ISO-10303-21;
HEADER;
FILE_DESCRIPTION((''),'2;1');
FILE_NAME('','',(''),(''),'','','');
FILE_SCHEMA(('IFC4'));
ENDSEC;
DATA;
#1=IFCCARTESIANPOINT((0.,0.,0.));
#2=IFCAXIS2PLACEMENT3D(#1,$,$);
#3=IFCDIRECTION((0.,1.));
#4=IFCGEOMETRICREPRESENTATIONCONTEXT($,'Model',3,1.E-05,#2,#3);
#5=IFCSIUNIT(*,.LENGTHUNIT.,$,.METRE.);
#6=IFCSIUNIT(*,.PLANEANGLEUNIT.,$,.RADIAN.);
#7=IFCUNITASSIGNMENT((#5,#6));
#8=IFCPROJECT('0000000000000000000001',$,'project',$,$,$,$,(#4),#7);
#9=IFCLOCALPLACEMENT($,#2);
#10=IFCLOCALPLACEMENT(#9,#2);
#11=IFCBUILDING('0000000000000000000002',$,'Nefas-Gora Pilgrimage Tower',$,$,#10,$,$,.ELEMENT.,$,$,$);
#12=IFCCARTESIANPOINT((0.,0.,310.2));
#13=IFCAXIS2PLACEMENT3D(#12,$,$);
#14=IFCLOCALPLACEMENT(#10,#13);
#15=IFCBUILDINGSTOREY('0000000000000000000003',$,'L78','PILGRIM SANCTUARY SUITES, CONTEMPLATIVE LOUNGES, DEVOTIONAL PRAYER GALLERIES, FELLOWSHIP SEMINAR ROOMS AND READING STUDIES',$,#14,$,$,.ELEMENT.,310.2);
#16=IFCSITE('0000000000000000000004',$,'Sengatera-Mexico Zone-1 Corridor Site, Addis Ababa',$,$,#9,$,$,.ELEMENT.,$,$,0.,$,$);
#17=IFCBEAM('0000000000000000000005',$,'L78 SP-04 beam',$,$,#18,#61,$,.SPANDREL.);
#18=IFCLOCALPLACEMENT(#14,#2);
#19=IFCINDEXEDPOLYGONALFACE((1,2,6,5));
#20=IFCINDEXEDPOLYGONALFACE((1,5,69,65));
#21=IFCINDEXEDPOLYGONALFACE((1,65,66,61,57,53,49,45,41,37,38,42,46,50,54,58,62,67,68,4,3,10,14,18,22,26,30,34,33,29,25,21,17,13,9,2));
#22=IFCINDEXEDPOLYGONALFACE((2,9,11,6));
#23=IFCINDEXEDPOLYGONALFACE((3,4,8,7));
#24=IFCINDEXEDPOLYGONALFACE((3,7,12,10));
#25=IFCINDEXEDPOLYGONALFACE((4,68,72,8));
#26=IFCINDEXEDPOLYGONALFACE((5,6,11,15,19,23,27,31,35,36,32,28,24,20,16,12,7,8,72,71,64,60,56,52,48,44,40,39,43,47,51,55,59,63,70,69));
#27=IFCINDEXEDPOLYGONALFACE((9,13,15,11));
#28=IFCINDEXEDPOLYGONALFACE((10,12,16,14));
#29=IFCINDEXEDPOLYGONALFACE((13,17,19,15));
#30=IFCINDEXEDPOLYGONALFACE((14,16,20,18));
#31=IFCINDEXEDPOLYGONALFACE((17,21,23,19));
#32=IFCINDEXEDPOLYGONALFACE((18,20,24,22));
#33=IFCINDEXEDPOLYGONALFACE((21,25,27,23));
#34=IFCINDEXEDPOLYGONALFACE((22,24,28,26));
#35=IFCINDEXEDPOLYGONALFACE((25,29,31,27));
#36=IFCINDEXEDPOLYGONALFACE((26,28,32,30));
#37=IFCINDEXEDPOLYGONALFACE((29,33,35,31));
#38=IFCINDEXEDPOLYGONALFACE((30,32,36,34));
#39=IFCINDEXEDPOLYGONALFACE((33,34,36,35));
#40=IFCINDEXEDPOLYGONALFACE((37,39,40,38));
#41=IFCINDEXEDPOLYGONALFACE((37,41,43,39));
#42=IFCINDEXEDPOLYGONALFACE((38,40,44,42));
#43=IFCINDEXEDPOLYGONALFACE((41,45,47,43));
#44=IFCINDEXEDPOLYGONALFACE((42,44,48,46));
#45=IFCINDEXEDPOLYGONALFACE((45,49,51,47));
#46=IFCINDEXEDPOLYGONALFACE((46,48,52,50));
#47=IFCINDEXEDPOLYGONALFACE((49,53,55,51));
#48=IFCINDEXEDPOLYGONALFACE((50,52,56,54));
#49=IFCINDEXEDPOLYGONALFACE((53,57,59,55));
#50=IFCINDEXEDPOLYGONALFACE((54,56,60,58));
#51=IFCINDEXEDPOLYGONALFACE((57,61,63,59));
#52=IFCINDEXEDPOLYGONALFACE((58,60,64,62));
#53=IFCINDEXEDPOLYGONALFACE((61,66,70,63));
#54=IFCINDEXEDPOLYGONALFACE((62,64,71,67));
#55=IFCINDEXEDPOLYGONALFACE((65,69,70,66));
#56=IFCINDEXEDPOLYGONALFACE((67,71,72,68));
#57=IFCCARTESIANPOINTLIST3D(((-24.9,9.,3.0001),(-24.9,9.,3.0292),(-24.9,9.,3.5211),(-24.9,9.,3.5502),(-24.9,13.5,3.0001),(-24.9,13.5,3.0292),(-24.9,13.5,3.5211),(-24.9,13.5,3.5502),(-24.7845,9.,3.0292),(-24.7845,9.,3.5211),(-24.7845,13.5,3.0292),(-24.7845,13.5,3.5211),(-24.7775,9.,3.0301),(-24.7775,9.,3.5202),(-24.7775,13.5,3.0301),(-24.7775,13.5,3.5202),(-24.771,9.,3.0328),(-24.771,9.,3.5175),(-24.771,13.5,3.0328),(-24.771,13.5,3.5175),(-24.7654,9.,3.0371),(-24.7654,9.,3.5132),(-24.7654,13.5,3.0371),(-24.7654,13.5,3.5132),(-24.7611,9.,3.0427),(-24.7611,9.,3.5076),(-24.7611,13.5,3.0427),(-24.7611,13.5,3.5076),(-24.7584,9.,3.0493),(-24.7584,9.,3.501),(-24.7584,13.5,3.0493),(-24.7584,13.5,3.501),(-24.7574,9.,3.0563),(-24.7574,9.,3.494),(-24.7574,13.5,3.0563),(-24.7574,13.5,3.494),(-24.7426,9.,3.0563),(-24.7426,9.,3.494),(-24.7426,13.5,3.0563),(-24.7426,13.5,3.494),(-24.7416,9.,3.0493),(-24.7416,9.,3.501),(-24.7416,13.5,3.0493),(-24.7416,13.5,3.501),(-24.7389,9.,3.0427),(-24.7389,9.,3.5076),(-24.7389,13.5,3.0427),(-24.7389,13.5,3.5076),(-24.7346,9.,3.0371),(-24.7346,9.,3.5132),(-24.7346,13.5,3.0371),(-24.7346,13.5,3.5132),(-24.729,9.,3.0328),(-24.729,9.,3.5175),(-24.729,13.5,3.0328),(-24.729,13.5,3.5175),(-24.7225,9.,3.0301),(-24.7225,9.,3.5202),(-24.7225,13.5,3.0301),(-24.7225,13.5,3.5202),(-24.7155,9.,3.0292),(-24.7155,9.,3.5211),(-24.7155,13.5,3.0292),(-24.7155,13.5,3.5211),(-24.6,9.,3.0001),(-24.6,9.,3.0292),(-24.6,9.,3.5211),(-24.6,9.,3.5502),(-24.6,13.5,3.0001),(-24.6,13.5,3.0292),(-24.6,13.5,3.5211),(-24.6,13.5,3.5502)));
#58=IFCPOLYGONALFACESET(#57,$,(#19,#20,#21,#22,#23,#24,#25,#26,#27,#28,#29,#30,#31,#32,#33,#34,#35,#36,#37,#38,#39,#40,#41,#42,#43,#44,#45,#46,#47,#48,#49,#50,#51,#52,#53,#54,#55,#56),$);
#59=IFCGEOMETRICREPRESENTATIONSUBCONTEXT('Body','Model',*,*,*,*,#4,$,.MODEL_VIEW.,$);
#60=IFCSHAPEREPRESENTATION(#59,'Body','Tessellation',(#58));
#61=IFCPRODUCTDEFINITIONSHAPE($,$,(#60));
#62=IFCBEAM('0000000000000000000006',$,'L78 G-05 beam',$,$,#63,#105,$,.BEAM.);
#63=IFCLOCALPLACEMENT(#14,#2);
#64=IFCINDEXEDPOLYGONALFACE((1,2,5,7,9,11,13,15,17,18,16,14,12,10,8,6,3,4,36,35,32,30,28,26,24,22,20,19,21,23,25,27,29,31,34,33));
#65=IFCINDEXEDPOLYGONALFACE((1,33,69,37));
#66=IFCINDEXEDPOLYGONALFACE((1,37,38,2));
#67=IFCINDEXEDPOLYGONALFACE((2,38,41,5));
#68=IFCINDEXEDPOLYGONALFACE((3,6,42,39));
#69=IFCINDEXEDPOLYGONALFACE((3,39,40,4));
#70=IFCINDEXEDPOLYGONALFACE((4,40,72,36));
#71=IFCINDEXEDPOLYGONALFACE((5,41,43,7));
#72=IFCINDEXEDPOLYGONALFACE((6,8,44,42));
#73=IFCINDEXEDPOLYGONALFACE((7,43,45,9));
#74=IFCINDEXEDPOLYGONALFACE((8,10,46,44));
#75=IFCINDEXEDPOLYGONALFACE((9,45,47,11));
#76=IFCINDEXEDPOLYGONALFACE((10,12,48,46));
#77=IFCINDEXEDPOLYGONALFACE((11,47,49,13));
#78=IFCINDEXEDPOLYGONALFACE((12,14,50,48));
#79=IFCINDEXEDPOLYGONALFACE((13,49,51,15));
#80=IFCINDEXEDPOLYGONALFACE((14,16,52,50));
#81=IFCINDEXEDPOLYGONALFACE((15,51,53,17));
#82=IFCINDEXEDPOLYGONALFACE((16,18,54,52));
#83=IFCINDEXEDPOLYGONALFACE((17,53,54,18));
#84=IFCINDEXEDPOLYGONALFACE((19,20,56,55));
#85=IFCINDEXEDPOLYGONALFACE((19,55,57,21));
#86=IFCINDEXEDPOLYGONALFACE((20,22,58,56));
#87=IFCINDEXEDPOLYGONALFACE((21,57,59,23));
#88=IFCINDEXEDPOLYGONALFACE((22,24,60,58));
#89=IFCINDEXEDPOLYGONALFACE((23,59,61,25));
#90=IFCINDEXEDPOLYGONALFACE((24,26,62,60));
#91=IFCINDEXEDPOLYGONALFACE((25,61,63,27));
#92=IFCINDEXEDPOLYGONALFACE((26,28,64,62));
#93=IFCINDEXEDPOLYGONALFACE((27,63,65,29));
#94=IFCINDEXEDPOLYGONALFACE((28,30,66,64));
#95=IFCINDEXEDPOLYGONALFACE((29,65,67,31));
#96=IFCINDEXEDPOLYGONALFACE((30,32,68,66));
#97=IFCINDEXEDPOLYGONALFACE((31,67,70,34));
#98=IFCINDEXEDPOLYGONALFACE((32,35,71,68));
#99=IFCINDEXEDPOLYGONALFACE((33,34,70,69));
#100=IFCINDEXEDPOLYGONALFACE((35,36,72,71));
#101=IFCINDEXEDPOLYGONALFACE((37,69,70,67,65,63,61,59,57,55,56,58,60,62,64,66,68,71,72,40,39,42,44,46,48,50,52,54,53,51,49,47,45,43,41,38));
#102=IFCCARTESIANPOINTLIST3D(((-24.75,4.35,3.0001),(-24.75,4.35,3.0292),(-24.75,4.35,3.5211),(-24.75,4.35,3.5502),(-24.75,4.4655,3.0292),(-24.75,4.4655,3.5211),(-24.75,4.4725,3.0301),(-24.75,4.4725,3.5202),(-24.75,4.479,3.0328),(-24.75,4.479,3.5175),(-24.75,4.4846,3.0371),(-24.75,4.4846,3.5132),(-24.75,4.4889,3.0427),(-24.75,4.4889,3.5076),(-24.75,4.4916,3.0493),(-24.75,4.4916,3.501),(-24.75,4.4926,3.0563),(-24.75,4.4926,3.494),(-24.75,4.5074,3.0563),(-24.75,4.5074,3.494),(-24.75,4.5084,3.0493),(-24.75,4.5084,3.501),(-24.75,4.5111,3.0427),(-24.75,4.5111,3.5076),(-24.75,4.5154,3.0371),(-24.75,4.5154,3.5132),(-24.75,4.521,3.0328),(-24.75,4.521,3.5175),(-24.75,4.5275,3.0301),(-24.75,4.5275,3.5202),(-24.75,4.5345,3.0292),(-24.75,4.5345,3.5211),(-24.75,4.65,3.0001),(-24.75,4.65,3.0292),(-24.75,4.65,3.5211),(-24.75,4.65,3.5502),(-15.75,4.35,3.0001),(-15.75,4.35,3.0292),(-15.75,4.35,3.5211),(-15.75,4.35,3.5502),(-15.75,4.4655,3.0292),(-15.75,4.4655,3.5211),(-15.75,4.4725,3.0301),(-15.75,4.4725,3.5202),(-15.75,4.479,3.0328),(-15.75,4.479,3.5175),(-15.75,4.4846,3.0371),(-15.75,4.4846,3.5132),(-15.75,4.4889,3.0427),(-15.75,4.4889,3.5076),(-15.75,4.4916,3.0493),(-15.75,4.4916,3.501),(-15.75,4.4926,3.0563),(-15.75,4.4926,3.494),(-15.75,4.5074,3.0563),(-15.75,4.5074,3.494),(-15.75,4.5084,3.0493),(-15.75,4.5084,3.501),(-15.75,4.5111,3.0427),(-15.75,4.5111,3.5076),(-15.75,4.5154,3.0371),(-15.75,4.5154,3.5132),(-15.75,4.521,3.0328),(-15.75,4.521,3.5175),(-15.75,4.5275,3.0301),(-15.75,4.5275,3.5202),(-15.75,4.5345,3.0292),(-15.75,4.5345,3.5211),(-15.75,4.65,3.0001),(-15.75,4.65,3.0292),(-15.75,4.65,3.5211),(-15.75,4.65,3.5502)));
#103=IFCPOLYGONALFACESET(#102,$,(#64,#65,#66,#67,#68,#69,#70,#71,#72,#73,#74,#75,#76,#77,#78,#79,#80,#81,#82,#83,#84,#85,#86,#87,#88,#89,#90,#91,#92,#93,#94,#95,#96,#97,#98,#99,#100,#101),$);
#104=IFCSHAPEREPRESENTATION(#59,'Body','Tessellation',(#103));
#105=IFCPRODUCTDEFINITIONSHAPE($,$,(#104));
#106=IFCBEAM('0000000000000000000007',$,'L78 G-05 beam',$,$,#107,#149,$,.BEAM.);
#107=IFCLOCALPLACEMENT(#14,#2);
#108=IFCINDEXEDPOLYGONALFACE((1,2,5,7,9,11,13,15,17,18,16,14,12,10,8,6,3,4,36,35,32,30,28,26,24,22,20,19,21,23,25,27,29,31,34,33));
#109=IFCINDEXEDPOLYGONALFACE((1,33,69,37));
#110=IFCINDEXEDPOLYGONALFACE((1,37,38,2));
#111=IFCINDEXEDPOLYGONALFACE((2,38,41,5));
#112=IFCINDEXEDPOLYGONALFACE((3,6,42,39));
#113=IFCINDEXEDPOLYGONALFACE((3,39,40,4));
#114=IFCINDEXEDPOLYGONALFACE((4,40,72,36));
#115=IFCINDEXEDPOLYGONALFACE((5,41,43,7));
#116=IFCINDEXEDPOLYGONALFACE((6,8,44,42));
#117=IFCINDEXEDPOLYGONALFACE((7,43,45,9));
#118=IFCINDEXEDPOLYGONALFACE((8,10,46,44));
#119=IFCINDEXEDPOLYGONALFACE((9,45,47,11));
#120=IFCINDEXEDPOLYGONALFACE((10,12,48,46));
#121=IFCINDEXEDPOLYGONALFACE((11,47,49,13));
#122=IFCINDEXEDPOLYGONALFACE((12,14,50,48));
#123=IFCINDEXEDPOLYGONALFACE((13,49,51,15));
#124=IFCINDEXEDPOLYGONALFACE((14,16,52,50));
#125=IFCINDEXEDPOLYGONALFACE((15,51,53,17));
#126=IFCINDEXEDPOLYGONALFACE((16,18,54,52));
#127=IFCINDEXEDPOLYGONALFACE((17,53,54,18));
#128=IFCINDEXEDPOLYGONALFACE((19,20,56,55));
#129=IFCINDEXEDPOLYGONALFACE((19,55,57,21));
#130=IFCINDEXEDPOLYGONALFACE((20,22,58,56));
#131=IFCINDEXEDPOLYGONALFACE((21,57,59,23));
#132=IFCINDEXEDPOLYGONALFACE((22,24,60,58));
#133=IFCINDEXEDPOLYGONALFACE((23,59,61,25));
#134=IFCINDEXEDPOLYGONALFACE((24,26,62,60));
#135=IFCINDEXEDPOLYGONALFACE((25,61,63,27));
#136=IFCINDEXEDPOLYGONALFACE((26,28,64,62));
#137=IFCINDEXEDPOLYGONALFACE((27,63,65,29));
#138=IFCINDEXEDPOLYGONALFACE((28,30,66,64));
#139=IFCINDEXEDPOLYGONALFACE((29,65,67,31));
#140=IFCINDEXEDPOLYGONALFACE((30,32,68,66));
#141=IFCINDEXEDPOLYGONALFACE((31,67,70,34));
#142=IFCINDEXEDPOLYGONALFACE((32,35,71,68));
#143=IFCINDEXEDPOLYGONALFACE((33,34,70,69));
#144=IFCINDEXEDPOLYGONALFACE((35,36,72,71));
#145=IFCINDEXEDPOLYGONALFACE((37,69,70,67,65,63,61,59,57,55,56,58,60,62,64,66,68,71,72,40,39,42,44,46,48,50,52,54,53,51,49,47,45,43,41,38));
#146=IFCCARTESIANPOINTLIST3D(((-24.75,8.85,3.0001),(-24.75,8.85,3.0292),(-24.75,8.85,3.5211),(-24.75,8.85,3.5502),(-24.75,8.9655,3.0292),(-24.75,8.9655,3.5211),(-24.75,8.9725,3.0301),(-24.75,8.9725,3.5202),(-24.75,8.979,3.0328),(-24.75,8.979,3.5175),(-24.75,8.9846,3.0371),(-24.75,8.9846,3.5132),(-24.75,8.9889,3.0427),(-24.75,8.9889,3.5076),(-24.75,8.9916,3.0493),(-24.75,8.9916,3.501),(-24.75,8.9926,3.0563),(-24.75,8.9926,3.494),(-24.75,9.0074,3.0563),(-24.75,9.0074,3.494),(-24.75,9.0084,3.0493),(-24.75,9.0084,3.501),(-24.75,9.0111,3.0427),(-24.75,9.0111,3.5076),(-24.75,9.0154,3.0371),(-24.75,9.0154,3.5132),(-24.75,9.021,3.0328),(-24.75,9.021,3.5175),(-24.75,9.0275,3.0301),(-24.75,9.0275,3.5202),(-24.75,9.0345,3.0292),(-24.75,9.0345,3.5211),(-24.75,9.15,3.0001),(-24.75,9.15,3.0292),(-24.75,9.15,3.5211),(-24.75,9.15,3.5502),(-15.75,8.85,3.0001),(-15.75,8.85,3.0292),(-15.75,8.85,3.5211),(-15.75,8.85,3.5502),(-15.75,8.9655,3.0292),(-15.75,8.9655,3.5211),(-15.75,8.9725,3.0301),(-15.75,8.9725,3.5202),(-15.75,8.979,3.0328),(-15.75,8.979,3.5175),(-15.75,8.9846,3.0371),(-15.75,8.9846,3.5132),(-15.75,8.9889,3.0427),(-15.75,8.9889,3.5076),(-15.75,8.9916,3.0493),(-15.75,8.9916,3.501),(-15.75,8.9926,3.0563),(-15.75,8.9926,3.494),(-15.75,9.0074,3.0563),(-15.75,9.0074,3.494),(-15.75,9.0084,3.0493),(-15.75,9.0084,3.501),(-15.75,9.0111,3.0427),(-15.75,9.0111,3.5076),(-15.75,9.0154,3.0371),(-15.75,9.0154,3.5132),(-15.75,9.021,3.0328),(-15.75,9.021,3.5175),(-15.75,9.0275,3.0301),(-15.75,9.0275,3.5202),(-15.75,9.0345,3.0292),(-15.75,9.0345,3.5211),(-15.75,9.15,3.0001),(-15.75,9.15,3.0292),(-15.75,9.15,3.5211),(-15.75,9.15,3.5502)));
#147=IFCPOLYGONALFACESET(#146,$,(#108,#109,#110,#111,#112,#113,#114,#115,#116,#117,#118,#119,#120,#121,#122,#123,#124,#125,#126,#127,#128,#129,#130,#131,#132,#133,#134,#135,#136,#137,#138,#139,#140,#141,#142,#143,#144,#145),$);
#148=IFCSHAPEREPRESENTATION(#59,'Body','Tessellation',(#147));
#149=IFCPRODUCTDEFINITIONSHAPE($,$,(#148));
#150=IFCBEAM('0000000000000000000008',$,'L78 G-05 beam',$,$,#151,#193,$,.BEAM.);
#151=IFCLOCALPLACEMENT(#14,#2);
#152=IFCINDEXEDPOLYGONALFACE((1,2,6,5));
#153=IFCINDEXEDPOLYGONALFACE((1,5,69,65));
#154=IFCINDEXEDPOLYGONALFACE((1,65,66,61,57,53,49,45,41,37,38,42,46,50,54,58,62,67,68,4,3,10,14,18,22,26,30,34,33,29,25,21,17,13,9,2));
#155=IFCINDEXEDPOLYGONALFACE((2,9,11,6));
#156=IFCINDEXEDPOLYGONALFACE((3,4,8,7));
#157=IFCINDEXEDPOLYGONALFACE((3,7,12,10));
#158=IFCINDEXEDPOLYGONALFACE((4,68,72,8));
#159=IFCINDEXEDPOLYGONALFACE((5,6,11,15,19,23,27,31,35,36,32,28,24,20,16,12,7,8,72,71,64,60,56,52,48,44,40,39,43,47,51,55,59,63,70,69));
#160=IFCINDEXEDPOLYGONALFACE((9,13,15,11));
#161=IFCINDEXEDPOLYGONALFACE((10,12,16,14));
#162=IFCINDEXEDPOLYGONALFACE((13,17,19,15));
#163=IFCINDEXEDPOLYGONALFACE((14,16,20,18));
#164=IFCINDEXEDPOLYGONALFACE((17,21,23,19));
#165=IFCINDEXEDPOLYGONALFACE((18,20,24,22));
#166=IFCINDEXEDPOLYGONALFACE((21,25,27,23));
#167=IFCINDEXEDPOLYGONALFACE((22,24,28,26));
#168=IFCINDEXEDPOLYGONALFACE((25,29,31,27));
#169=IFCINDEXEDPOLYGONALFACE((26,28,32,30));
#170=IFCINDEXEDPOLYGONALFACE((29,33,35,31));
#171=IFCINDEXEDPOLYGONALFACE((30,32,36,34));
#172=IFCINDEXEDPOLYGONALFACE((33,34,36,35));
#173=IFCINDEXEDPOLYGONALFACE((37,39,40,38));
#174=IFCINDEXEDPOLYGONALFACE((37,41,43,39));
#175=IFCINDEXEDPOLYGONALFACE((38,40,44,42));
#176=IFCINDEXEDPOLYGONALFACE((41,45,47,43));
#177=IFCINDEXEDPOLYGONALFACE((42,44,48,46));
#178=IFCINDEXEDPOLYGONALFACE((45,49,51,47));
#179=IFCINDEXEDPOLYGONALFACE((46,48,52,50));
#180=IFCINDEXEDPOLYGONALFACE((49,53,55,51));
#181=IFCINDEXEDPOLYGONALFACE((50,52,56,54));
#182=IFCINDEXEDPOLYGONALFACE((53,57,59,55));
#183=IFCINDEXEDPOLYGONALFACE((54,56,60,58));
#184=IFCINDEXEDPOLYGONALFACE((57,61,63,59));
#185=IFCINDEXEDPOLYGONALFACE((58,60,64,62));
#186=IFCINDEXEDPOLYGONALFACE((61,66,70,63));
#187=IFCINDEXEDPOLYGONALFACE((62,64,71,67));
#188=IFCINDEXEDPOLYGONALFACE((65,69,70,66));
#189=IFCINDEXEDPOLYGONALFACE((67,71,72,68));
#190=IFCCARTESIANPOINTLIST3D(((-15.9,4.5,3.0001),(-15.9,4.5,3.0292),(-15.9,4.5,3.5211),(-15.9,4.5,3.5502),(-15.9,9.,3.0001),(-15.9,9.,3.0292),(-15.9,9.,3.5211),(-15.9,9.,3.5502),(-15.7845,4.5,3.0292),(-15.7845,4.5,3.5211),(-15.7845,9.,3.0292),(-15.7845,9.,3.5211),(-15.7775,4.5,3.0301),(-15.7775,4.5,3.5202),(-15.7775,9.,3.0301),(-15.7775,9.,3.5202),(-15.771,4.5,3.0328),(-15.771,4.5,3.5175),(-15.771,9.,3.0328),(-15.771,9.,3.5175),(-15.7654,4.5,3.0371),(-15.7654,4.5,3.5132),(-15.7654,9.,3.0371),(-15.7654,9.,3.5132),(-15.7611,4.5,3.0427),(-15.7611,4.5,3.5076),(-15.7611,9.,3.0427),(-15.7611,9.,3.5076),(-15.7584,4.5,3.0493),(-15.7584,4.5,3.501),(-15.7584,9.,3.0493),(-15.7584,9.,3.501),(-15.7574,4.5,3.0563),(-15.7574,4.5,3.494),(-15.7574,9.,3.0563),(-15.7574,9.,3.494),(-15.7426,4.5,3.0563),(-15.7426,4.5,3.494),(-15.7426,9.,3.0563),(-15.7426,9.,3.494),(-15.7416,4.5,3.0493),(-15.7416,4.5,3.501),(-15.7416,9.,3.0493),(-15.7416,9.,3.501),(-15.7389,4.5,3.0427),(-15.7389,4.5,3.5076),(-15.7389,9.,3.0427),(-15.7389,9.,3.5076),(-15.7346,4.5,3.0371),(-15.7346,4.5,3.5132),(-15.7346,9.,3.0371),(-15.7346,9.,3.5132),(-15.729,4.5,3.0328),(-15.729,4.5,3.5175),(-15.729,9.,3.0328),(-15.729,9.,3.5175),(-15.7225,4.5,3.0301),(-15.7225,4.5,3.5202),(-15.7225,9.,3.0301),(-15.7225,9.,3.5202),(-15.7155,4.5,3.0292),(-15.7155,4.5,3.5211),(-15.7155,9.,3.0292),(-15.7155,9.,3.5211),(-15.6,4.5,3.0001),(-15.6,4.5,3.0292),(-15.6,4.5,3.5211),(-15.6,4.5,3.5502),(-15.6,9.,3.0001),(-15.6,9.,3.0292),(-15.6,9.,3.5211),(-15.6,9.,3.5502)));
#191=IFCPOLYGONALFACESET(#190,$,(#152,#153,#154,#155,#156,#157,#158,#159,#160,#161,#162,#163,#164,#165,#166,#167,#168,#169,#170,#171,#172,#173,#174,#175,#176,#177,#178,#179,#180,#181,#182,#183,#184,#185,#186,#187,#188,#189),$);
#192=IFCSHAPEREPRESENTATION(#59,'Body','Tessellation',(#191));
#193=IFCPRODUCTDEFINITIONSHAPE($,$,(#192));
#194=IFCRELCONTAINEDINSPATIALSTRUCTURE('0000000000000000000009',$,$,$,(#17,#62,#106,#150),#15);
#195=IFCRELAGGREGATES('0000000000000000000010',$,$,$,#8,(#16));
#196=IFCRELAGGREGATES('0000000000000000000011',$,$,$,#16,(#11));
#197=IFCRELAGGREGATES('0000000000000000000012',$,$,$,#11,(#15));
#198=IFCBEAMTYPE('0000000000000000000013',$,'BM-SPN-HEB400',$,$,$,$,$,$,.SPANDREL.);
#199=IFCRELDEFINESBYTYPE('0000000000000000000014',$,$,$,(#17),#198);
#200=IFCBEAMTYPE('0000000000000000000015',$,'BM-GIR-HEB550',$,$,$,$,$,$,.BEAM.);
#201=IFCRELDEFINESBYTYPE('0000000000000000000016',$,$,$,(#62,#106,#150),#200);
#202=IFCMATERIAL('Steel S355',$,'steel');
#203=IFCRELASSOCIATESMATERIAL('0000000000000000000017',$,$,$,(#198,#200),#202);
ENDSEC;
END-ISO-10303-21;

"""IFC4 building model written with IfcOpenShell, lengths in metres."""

from ifc_helpers import new_model, si_unit, direction, frame, origin, origin_2d, place, context, subcontext, project, spatial, i_section, extrude, source, transform, mapped, material, material_profile, profile_set, type_object, element, save


model = new_model("IFC4")

# Units and contexts
model_context = context("Model", 3, precision=1e-05, world=origin(), true_north=direction((0.0, 1.0)))
body_context = subcontext(model_context, "Body", "Model", "MODEL_VIEW")
ifc_project = project(units=[si_unit("LENGTHUNIT", "METRE"), si_unit("PLANEANGLEUNIT", "RADIAN")], contexts=[model_context])

# Site, building, storey
site_placement = place(None, origin())
site = spatial("IfcSite", under=ifc_project, at=site_placement, Name="Sengatera-Mexico Zone-1 Corridor Site, Addis Ababa", CompositionType="ELEMENT", RefElevation=0.0)
building_placement = place(site_placement, origin())
building = spatial("IfcBuilding", under=site, at=building_placement, Name="Nefas-Gora Pilgrimage Tower", CompositionType="ELEMENT")
storey_placement = place(building_placement, frame((0.0, 0.0, 310.2)))
storey = spatial("IfcBuildingStorey", under=building, at=storey_placement, Name="L78", Description="PILGRIM SANCTUARY SUITES, CONTEMPLATIVE LOUNGES, DEVOTIONAL PRAYER GALLERIES, FELLOWSHIP SEMINAR ROOMS AND READING STUDIES", CompositionType="ELEMENT", Elevation=310.2)

# Shared definitions
ifc_material_1 = material(Name="Steel S355", Category="steel")

# Beams
ifc_material_profile_1 = material_profile(ifc_material_1, i_section(OverallWidth=0.3, OverallDepth=0.55, WebThickness=0.0149, FlangeThickness=0.0291, FilletRadius=0.0271, at=origin_2d()), Name="HEB 550")
ifc_profile_set_1 = profile_set([ifc_material_profile_1], Name="Steel S355")
beam_type_1 = type_object("IfcBeamType", Name="BM-SPN-HEB400", PredefinedType="SPANDREL", material=ifc_profile_set_1)
shared_shape_1 = source(origin(), body_context, "Body", "SweptSolid", [
    extrude(i_section(OverallWidth=0.3, OverallDepth=0.55, WebThickness=0.0149, FlangeThickness=0.0291, FilletRadius=0.0271, at=origin_2d()), origin(), (0.0, 0.0, 1.0), 4.5),
])
for number, where, z_axis, x_axis, name in (
    (1, (-24.75, 9.0, 3.2751), (0.0, 1.0, 0.0), (-1.0, 0.0, 0.0), "L78 SP-04 beam"),
):
    element("IfcBeam", number, at=place(storey_placement, frame(where, z_axis=z_axis, x_axis=x_axis)), inside=storey, type_object=beam_type_1, Name=name, PredefinedType="SPANDREL", context=body_context, shape_type="MappedRepresentation", body=[
        mapped(shared_shape_1, transform((0.0, 0.0, 0.0), x_axis=(1.0, 0.0, 0.0), y_axis=(0.0, 1.0, 0.0), z_axis=(0.0, 0.0, 1.0), scale=1.0)),
    ])
ifc_material_profile_2 = material_profile(ifc_material_1, i_section(OverallWidth=0.3, OverallDepth=0.55, WebThickness=0.0149, FlangeThickness=0.0291, FilletRadius=0.0271, at=origin_2d()), Name="HEB 550")
ifc_profile_set_2 = profile_set([ifc_material_profile_2], Name="Steel S355")
beam_type_2 = type_object("IfcBeamType", Name="BM-GIR-HEB550", PredefinedType="BEAM", material=ifc_profile_set_2)
shared_shape_2 = source(origin(), body_context, "Body", "SweptSolid", [
    extrude(i_section(OverallWidth=0.3, OverallDepth=0.55, WebThickness=0.0149, FlangeThickness=0.0291, FilletRadius=0.0271, at=origin_2d()), origin(), (0.0, 0.0, 1.0), 9.0),
])
for number, where, z_axis, x_axis, name in (
    (2, (-24.75, 4.5, 3.2751), (1.0, 0.0, 0.0), (0.0, 1.0, 0.0), "L78 G-05 beam"),
    (3, (-24.75, 9.0, 3.2751), (1.0, 0.0, 0.0), (0.0, 1.0, 0.0), "L78 G-05 beam"),
):
    element("IfcBeam", number, at=place(storey_placement, frame(where, z_axis=z_axis, x_axis=x_axis)), inside=storey, type_object=beam_type_2, Name=name, PredefinedType="BEAM", context=body_context, shape_type="MappedRepresentation", body=[
        mapped(shared_shape_2, transform((0.0, 0.0, 0.0), x_axis=(1.0, 0.0, 0.0), y_axis=(0.0, 1.0, 0.0), z_axis=(0.0, 0.0, 1.0), scale=1.0)),
    ])
shared_shape_3 = source(origin(), body_context, "Body", "SweptSolid", [
    extrude(i_section(OverallWidth=0.3, OverallDepth=0.55, WebThickness=0.0149, FlangeThickness=0.0291, FilletRadius=0.0271, at=origin_2d()), origin(), (0.0, 0.0, 1.0), 4.5),
])
for number, where, z_axis, x_axis, name in (
    (4, (-15.75, 4.5, 3.2751), (0.0, 1.0, 0.0), (-1.0, 0.0, 0.0), "L78 G-05 beam"),
):
    element("IfcBeam", number, at=place(storey_placement, frame(where, z_axis=z_axis, x_axis=x_axis)), inside=storey, type_object=beam_type_2, Name=name, PredefinedType="BEAM", context=body_context, shape_type="MappedRepresentation", body=[
        mapped(shared_shape_3, transform((0.0, 0.0, 0.0), x_axis=(1.0, 0.0, 0.0), y_axis=(0.0, 1.0, 0.0), z_axis=(0.0, 0.0, 1.0), scale=1.0)),
    ])

save(model, "model.ifc")
